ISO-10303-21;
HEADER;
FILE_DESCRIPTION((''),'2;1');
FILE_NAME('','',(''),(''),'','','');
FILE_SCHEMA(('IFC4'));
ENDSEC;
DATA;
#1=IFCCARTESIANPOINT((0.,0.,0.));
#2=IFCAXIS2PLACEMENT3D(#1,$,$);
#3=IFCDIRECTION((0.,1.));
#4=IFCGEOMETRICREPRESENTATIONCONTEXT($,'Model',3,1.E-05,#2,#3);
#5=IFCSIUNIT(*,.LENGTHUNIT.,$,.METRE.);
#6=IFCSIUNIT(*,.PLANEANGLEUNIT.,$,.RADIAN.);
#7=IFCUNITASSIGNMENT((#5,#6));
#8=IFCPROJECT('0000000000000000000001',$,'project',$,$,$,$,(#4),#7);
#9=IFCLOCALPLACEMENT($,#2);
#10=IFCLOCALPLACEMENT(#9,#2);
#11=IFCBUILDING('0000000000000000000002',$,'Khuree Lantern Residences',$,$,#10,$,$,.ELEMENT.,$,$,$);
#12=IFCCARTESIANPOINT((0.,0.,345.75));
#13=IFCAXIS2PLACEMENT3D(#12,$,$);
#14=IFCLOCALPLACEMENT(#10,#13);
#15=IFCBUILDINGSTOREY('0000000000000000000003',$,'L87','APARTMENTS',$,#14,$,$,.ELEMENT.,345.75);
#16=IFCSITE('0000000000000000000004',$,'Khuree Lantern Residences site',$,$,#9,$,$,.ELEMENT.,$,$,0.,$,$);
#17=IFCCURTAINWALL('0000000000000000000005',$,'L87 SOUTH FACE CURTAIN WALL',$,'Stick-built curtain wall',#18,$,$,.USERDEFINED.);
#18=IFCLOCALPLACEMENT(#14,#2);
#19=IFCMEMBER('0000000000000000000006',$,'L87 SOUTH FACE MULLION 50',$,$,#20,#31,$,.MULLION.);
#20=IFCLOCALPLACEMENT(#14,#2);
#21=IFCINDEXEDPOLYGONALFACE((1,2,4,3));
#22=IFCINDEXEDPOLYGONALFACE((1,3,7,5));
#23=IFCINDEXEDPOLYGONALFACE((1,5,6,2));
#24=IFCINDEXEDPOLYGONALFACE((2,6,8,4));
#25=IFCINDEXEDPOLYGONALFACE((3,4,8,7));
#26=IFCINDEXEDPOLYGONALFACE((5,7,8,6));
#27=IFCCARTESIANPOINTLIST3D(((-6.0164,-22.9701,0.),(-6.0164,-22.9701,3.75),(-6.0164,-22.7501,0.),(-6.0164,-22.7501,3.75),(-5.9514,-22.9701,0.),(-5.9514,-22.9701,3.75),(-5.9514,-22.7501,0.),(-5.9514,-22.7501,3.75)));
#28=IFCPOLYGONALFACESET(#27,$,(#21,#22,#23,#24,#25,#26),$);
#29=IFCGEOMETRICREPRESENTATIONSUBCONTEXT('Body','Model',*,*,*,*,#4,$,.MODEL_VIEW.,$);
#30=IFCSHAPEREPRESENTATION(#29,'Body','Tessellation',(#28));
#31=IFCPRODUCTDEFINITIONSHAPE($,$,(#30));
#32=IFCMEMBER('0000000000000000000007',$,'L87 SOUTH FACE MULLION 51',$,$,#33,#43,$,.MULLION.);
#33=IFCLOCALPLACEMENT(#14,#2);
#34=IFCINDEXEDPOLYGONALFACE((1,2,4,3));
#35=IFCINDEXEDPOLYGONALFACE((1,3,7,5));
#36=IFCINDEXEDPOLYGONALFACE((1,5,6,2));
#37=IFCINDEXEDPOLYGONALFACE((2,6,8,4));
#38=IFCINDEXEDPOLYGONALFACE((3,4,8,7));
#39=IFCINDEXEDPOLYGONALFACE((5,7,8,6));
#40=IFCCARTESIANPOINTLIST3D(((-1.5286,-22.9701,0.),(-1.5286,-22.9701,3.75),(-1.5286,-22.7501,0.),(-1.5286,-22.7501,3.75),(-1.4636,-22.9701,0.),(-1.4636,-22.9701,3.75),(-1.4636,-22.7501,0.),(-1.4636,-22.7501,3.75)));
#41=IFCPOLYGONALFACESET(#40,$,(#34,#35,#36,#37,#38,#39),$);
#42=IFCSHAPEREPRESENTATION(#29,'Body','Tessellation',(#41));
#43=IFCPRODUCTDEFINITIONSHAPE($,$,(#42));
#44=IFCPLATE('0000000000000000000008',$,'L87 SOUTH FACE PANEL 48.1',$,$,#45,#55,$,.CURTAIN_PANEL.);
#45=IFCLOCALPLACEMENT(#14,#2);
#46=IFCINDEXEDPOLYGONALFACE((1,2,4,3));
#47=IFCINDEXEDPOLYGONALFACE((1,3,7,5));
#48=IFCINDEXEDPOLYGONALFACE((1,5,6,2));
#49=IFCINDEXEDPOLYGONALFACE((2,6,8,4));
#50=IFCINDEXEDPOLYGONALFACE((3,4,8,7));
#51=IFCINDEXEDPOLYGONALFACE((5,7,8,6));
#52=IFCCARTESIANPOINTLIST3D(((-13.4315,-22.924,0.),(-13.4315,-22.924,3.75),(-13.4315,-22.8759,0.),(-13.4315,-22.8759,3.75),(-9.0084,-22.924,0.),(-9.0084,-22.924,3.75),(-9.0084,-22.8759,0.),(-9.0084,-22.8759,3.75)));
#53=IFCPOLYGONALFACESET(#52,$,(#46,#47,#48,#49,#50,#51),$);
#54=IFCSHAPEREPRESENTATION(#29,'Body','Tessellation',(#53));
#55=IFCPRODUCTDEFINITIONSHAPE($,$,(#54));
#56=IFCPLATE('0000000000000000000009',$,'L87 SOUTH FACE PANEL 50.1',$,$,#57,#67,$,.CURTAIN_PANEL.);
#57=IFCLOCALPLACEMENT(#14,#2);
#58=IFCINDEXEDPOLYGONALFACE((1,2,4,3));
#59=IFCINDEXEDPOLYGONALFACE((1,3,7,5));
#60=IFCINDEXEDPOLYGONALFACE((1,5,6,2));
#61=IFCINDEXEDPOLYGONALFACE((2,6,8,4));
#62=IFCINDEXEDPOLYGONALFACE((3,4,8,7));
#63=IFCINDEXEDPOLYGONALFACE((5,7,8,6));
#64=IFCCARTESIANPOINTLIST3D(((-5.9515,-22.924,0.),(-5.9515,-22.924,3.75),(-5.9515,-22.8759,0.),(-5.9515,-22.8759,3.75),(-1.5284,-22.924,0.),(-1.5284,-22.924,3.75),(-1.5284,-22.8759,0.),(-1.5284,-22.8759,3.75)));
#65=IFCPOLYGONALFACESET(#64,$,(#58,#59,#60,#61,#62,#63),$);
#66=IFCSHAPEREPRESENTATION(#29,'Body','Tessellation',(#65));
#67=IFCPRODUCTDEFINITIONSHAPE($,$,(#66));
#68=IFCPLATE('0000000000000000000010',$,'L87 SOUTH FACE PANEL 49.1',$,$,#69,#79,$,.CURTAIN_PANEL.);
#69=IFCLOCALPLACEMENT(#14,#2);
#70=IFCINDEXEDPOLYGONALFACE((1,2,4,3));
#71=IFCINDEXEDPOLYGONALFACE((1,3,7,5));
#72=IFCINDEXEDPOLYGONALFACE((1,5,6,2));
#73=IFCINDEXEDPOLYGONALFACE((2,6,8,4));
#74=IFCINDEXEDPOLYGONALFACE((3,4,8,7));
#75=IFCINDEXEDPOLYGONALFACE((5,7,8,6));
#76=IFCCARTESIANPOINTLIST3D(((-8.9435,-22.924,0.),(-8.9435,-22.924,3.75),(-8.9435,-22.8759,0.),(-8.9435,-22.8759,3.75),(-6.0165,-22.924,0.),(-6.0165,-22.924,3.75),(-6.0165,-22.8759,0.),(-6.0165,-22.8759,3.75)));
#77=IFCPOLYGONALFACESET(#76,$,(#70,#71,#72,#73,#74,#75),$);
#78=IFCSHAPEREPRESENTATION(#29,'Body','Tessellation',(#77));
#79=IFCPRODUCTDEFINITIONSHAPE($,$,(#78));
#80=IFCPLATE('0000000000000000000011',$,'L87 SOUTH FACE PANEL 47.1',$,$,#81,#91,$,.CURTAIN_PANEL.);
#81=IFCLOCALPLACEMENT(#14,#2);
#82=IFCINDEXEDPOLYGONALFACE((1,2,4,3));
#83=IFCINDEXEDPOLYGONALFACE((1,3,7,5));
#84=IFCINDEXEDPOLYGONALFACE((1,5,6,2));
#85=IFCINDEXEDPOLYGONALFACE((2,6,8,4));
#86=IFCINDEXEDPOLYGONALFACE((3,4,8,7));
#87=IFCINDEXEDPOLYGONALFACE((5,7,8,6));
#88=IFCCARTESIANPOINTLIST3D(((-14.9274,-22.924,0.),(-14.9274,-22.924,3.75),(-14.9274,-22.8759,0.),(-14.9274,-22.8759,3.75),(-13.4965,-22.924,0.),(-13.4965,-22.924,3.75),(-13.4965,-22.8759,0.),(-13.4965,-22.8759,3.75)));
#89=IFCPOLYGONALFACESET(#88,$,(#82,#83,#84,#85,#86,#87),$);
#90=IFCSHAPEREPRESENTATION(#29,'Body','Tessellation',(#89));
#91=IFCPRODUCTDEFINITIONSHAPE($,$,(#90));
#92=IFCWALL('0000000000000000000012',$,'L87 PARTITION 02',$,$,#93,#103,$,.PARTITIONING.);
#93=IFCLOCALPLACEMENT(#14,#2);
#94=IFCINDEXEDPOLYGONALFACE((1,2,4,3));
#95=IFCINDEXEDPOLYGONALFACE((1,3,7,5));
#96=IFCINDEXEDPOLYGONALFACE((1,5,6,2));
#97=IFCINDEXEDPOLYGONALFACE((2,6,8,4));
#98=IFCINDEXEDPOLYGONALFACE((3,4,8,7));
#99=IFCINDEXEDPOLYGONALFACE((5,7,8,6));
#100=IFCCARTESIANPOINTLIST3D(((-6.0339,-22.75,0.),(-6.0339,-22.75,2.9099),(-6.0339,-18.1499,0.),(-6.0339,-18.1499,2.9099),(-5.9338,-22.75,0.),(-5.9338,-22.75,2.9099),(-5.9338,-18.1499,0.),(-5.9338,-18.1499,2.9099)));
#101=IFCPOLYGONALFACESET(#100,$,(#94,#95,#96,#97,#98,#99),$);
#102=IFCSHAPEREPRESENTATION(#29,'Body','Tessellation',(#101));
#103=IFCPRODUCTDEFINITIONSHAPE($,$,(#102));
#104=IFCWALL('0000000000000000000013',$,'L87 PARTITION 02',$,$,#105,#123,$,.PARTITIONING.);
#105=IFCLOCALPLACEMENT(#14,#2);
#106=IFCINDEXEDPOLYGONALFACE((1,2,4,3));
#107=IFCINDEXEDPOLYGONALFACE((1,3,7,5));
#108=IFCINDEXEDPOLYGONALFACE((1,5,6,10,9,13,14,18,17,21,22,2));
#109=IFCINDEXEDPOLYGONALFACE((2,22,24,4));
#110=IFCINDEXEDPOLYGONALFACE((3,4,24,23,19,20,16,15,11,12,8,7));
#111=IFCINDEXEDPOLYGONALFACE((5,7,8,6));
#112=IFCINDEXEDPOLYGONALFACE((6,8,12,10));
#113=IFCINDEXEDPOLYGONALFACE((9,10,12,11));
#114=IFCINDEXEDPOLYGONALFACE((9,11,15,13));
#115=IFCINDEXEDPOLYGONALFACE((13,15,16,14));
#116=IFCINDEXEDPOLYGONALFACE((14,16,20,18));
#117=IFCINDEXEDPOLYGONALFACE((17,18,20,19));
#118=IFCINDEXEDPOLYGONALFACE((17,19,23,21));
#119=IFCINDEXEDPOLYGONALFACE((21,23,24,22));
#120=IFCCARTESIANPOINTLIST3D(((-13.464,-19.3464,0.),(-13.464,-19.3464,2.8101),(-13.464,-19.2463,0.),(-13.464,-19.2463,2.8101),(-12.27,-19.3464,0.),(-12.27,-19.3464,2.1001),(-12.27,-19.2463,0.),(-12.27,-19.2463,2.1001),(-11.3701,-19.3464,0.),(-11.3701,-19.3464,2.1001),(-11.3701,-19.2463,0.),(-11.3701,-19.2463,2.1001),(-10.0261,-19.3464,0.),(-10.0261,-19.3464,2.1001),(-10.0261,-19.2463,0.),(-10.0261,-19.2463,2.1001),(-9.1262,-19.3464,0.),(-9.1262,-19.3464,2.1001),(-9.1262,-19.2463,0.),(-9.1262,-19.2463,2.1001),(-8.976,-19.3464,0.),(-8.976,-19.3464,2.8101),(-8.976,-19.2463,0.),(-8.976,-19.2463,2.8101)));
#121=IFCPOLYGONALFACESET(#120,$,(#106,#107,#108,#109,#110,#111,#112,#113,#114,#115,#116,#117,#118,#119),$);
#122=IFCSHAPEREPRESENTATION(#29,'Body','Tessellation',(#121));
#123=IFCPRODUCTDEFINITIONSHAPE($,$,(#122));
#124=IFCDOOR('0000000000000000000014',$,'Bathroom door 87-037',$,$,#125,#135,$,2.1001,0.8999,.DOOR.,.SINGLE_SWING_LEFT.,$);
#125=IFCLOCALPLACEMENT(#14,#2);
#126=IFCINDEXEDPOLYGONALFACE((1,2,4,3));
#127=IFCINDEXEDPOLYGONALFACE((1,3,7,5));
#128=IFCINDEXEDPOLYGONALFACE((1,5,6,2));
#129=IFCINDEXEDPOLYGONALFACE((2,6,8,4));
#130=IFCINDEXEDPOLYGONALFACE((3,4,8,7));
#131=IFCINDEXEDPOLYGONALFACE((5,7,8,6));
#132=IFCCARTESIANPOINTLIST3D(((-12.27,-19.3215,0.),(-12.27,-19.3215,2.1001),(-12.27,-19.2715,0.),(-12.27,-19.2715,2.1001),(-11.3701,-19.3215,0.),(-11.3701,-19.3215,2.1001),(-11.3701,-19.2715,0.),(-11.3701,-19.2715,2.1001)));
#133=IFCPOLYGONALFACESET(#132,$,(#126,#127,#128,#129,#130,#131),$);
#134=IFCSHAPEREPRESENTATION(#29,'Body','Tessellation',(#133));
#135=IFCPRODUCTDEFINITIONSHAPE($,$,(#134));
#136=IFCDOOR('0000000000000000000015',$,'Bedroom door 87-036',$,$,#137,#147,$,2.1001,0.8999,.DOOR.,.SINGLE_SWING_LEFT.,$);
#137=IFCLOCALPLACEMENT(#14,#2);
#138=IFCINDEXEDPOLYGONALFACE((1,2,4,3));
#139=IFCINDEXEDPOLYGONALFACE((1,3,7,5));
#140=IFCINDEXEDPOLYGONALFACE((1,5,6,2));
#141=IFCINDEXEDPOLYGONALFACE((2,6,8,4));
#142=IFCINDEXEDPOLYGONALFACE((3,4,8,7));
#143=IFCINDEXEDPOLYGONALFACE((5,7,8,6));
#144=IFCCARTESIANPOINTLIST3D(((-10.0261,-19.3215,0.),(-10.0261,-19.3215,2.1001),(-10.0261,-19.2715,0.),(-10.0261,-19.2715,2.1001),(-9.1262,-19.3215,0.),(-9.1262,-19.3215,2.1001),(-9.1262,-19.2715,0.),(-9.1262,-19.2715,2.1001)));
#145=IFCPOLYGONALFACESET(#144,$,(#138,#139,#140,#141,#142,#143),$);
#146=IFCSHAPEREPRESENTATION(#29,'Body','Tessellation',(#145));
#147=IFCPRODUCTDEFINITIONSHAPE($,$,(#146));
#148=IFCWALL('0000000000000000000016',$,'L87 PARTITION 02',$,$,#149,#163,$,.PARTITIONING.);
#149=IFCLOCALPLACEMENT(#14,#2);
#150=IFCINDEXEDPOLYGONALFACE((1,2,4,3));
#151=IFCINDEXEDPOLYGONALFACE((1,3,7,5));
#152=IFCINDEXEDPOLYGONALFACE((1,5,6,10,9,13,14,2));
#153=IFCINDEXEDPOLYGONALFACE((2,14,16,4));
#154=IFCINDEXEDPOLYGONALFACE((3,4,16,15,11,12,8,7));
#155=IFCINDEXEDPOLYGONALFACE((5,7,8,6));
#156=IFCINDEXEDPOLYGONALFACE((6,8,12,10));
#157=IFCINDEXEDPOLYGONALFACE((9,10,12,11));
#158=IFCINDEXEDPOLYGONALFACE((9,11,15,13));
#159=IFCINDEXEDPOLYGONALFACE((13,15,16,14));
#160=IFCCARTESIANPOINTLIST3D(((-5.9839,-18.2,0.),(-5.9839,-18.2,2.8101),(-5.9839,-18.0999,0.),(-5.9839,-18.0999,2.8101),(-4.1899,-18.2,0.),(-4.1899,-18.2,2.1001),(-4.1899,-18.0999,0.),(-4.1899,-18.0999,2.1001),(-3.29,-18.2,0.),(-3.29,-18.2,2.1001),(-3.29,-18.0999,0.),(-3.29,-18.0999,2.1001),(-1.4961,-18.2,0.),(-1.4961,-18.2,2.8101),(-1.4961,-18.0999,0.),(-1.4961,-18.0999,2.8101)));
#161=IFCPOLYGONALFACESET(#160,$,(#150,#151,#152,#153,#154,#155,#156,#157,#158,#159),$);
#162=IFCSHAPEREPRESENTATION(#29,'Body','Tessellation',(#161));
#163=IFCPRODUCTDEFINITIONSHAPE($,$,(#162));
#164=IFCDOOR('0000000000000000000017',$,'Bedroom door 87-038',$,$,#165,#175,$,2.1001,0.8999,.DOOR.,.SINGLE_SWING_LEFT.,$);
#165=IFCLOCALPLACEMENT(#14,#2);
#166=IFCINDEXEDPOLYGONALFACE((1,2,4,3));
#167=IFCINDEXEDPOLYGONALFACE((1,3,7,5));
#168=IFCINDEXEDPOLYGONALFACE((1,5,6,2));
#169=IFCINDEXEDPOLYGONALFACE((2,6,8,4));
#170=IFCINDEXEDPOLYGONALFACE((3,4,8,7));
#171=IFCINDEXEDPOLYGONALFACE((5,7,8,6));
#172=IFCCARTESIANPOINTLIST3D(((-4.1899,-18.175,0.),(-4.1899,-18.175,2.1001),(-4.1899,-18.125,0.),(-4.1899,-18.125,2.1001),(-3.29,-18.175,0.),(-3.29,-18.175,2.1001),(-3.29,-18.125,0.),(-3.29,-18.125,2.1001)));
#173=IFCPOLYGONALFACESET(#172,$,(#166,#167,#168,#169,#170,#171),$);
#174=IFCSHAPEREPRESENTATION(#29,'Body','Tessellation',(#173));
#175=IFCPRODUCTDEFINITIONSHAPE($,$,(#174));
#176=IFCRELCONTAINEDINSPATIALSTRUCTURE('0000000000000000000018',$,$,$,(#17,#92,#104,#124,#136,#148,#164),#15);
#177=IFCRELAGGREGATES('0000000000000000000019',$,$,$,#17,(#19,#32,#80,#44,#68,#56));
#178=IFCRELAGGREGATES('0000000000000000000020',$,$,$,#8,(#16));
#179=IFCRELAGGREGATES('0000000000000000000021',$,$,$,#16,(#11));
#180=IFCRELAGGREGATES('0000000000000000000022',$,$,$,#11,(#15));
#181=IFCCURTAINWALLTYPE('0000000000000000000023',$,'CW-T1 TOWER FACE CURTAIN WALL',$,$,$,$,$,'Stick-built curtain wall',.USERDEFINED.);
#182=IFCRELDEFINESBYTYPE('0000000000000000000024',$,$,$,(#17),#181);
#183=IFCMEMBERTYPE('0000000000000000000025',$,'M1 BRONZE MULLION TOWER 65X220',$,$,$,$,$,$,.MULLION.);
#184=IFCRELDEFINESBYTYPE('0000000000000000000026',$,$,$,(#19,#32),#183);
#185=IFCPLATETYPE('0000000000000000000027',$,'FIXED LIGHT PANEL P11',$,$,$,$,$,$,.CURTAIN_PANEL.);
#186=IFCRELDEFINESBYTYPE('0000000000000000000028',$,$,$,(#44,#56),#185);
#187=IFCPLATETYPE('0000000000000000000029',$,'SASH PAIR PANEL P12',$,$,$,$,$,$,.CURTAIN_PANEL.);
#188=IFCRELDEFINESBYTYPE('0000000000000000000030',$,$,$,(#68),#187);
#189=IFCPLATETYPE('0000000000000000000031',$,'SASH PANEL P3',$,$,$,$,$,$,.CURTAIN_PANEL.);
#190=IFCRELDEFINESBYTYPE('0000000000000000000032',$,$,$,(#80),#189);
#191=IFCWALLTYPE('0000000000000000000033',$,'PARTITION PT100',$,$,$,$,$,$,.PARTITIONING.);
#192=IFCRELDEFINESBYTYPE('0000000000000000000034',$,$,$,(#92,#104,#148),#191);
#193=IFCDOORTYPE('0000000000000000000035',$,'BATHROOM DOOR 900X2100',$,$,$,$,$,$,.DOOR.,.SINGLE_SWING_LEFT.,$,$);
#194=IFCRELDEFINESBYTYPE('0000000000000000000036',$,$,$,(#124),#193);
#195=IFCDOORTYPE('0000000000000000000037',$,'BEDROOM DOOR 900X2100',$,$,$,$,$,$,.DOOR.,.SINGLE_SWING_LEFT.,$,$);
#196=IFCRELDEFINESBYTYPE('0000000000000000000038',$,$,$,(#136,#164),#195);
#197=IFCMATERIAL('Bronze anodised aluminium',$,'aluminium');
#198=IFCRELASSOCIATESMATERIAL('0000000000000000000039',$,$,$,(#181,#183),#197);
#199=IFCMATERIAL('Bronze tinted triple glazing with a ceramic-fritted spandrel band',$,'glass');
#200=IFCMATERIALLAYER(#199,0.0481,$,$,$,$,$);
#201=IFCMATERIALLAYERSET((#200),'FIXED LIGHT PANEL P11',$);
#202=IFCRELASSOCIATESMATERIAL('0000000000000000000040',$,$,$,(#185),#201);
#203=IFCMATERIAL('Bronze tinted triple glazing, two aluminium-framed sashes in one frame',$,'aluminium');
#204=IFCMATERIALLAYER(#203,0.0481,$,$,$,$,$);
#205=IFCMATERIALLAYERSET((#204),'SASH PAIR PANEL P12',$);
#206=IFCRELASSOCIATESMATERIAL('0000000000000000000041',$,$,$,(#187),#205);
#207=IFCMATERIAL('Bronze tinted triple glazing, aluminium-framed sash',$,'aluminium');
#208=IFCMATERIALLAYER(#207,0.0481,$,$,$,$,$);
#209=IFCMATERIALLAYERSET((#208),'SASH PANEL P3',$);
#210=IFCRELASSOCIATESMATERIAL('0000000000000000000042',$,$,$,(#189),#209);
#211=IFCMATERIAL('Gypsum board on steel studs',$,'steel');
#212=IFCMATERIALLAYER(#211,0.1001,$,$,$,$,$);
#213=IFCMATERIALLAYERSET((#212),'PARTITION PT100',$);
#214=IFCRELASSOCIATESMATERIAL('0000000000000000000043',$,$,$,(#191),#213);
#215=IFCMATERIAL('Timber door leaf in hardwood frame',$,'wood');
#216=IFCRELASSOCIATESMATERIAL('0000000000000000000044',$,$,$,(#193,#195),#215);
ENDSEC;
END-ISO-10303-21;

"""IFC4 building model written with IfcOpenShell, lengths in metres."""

from ifc_helpers import new_model, si_unit, direction, frame, frame_2d, origin, origin_2d, place, context, subcontext, project, spatial, rectangle, extrude, material, layer, layer_set, material_profile, profile_set, type_object, element, fill, aggregate, save


model = new_model("IFC4")

# Units and contexts
model_context = context("Model", 3, precision=1e-05, world=origin(), true_north=direction((0.0, 1.0)))
body_context = subcontext(model_context, "Body", "Model", "MODEL_VIEW")
ifc_project = project(units=[si_unit("LENGTHUNIT", "METRE"), si_unit("PLANEANGLEUNIT", "RADIAN")], contexts=[model_context])

# Site, building, storey
site_placement = place(None, origin())
site = spatial("IfcSite", under=ifc_project, at=site_placement, Name="Khuree Lantern Residences site", CompositionType="ELEMENT", RefElevation=0.0)
building_placement = place(site_placement, origin())
building = spatial("IfcBuilding", under=site, at=building_placement, Name="Khuree Lantern Residences", CompositionType="ELEMENT")
storey_placement = place(building_placement, frame((0.0, 0.0, 345.75)))
storey = spatial("IfcBuildingStorey", under=building, at=storey_placement, Name="L87", Description="APARTMENTS", CompositionType="ELEMENT", Elevation=345.75)

# Curtain wall
ifc_material_1 = material(Name="Bronze anodised aluminium", Category="aluminium")
curtain_wall_type = type_object("IfcCurtainWallType", Name="CW-T1 TOWER FACE CURTAIN WALL", ElementType="Stick-built curtain wall", PredefinedType="USERDEFINED", material=ifc_material_1)
curtain_wall_placement = place(storey_placement, origin())
curtain_wall = element("IfcCurtainWall", 1, at=curtain_wall_placement, inside=storey, type_object=curtain_wall_type, Name="L87 SOUTH FACE CURTAIN WALL", ObjectType="Stick-built curtain wall", PredefinedType="USERDEFINED")

# Members
ifc_material_profile_1 = material_profile(ifc_material_1, rectangle(XDim=0.0649, YDim=0.22, at=origin_2d()), Name="M1 65X220")
ifc_profile_set_1 = profile_set([ifc_material_profile_1], Name="Bronze anodised aluminium")
member_type_1 = type_object("IfcMemberType", Name="M1 BRONZE MULLION TOWER 65X220", PredefinedType="MULLION", material=ifc_profile_set_1)
member_1_placement = place(storey_placement, frame((-5.9839, -22.8601, 0.0), z_axis=(0.0, 0.0, 1.0), x_axis=(1.0, 0.0, 0.0)))
member_1 = element("IfcMember", 2, at=member_1_placement, type_object=member_type_1, Name="L87 SOUTH FACE MULLION 50", PredefinedType="MULLION", context=body_context, shape_type="SweptSolid", body=[
    extrude(rectangle(XDim=0.0649, YDim=0.22, at=origin_2d()), origin(), (0.0, 0.0, 1.0), 3.75),
])
member_2_placement = place(storey_placement, frame((-1.4961, -22.8601, 0.0), z_axis=(0.0, 0.0, 1.0), x_axis=(1.0, 0.0, 0.0)))
member_2 = element("IfcMember", 3, at=member_2_placement, type_object=member_type_1, Name="L87 SOUTH FACE MULLION 51", PredefinedType="MULLION", context=body_context, shape_type="SweptSolid", body=[
    extrude(rectangle(XDim=0.0649, YDim=0.22, at=origin_2d()), origin(), (0.0, 0.0, 1.0), 3.75),
])

# Plates
ifc_material_2 = material(Name="Bronze tinted triple glazing with a ceramic-fritted spandrel band", Category="glass")
ifc_layer_1 = layer(ifc_material_2, 0.0481)
ifc_layer_set_1 = layer_set([ifc_layer_1], Name="FIXED LIGHT PANEL P11")
plate_type_1 = type_object("IfcPlateType", Name="FIXED LIGHT PANEL P11", PredefinedType="CURTAIN_PANEL", material=ifc_layer_set_1)
plate_1_placement = place(storey_placement, frame((-11.22, -22.8999, 0.0), z_axis=(0.0, 0.0, 1.0), x_axis=(1.0, 0.0, 0.0)))
plate_1 = element("IfcPlate", 4, at=plate_1_placement, type_object=plate_type_1, Name="L87 SOUTH FACE PANEL 48.1", PredefinedType="CURTAIN_PANEL", context=body_context, shape_type="SweptSolid", body=[
    extrude(rectangle(XDim=4.4231, YDim=0.0481, at=origin_2d()), origin(), (0.0, 0.0, 1.0), 3.75),
])
plate_2_placement = place(storey_placement, frame((-3.74, -22.8999, 0.0), z_axis=(0.0, 0.0, 1.0), x_axis=(1.0, 0.0, 0.0)))
plate_2 = element("IfcPlate", 5, at=plate_2_placement, type_object=plate_type_1, Name="L87 SOUTH FACE PANEL 50.1", PredefinedType="CURTAIN_PANEL", context=body_context, shape_type="SweptSolid", body=[
    extrude(rectangle(XDim=4.4231, YDim=0.0481, at=origin_2d()), origin(), (0.0, 0.0, 1.0), 3.75),
])
ifc_material_3 = material(Name="Bronze tinted triple glazing, two aluminium-framed sashes in one frame", Category="aluminium")
ifc_layer_2 = layer(ifc_material_3, 0.0481)
ifc_layer_set_2 = layer_set([ifc_layer_2], Name="SASH PAIR PANEL P12")
plate_type_2 = type_object("IfcPlateType", Name="SASH PAIR PANEL P12", PredefinedType="CURTAIN_PANEL", material=ifc_layer_set_2)
plate_3_placement = place(storey_placement, frame((-7.48, -22.8999, 0.0), z_axis=(0.0, 0.0, 1.0), x_axis=(1.0, 0.0, 0.0)))
plate_3 = element("IfcPlate", 6, at=plate_3_placement, type_object=plate_type_2, Name="L87 SOUTH FACE PANEL 49.1", PredefinedType="CURTAIN_PANEL", context=body_context, shape_type="SweptSolid", body=[
    extrude(rectangle(XDim=2.927, YDim=0.0481, at=origin_2d()), origin(), (0.0, 0.0, 1.0), 3.75),
])
ifc_material_4 = material(Name="Bronze tinted triple glazing, aluminium-framed sash", Category="aluminium")
ifc_layer_3 = layer(ifc_material_4, 0.0481)
ifc_layer_set_3 = layer_set([ifc_layer_3], Name="SASH PANEL P3")
plate_type_3 = type_object("IfcPlateType", Name="SASH PANEL P3", PredefinedType="CURTAIN_PANEL", material=ifc_layer_set_3)
plate_4_placement = place(storey_placement, frame((-14.2119, -22.8999, 0.0), z_axis=(0.0, 0.0, 1.0), x_axis=(1.0, 0.0, 0.0)))
plate_4 = element("IfcPlate", 7, at=plate_4_placement, type_object=plate_type_3, Name="L87 SOUTH FACE PANEL 47.1", PredefinedType="CURTAIN_PANEL", context=body_context, shape_type="SweptSolid", body=[
    extrude(rectangle(XDim=1.4309, YDim=0.0481, at=origin_2d()), origin(), (0.0, 0.0, 1.0), 3.75),
])
aggregate(curtain_wall, [member_1, member_2, plate_4, plate_1, plate_3, plate_2])

# Wall
ifc_material_5 = material(Name="Gypsum board on steel studs", Category="steel")
ifc_layer_4 = layer(ifc_material_5, 0.1001)
ifc_layer_set_4 = layer_set([ifc_layer_4], Name="PARTITION PT100")
wall_type = type_object("IfcWallType", Name="PARTITION PT100", PredefinedType="PARTITIONING", material=ifc_layer_set_4)
wall_1_placement = place(storey_placement, frame((-5.9839, -18.1499, 0.0), z_axis=(0.0, 0.0, 1.0), x_axis=(0.0, -1.0, 0.0)))
element("IfcWall", 8, at=wall_1_placement, inside=storey, type_object=wall_type, Name="L87 PARTITION 02", PredefinedType="PARTITIONING", context=body_context, shape_type="SweptSolid", body=[
    extrude(rectangle(XDim=4.6001, YDim=0.1001, at=frame_2d((2.3, 0.0))), origin(), (0.0, 0.0, 1.0), 2.9099),
])

# Wall, openings, doors
wall_2_placement = place(storey_placement, frame((-13.4641, -19.2964, 0.0), z_axis=(0.0, 0.0, 1.0), x_axis=(1.0, 0.0, 0.0)))
wall_2 = element("IfcWall", 9, at=wall_2_placement, inside=storey, type_object=wall_type, Name="L87 PARTITION 02", PredefinedType="PARTITIONING", context=body_context, shape_type="SweptSolid", body=[
    extrude(rectangle(XDim=4.488, YDim=0.1001, at=frame_2d((2.2441, 0.0))), origin(), (0.0, 0.0, 1.0), 2.8101),
])
opening_1_placement = place(wall_2_placement, frame((3.438, 0.0, 0.0)))
opening_1 = element("IfcOpeningElement", 10, at=opening_1_placement, cuts=wall_2, PredefinedType="OPENING", context=body_context, shape_type="SweptSolid", body=[
    extrude(rectangle(XDim=0.8999, YDim=2.1001, at=frame_2d((0.45, 1.05))), frame((0.0, 0.0601, 0.0), z_axis=(0.0, -1.0, 0.0), x_axis=(1.0, 0.0, 0.0)), (0.0, 0.0, 1.0), 0.1201),
])
opening_2_placement = place(wall_2_placement, frame((1.1941, 0.0, 0.0)))
opening_2 = element("IfcOpeningElement", 11, at=opening_2_placement, cuts=wall_2, PredefinedType="OPENING", context=body_context, shape_type="SweptSolid", body=[
    extrude(rectangle(XDim=0.8999, YDim=2.1001, at=frame_2d((0.45, 1.05))), frame((0.0, 0.0601, 0.0), z_axis=(0.0, -1.0, 0.0), x_axis=(1.0, 0.0, 0.0)), (0.0, 0.0, 1.0), 0.1201),
])
ifc_material_6 = material(Name="Timber door leaf in hardwood frame", Category="wood")
door_type_1 = type_object("IfcDoorType", Name="BATHROOM DOOR 900X2100", OperationType="SINGLE_SWING_LEFT", PredefinedType="DOOR", material=ifc_material_6)
door_1_placement = place(opening_2_placement, origin())
door_1 = element("IfcDoor", 12, at=door_1_placement, inside=storey, type_object=door_type_1, Name="Bathroom door 87-037", OperationType="SINGLE_SWING_LEFT", OverallHeight=2.1001, OverallWidth=0.8999, PredefinedType="DOOR", context=body_context, shape_type="SweptSolid", body=[
    extrude(rectangle(XDim=0.8999, YDim=2.1001, at=frame_2d((0.45, 1.05))), frame((0.0, 0.0249, 0.0), z_axis=(0.0, -1.0, 0.0), x_axis=(1.0, 0.0, 0.0)), (0.0, 0.0, 1.0), 0.05),
])
fill(opening_2, door_1)
door_type_2 = type_object("IfcDoorType", Name="BEDROOM DOOR 900X2100", OperationType="SINGLE_SWING_LEFT", PredefinedType="DOOR", material=ifc_material_6)
door_2_placement = place(opening_1_placement, origin())
door_2 = element("IfcDoor", 13, at=door_2_placement, inside=storey, type_object=door_type_2, Name="Bedroom door 87-036", OperationType="SINGLE_SWING_LEFT", OverallHeight=2.1001, OverallWidth=0.8999, PredefinedType="DOOR", context=body_context, shape_type="SweptSolid", body=[
    extrude(rectangle(XDim=0.8999, YDim=2.1001, at=frame_2d((0.45, 1.05))), frame((0.0, 0.0249, 0.0), z_axis=(0.0, -1.0, 0.0), x_axis=(1.0, 0.0, 0.0)), (0.0, 0.0, 1.0), 0.05),
])
fill(opening_1, door_2)

# Wall, opening, door
wall_3_placement = place(storey_placement, frame((-5.9839, -18.1499, 0.0), z_axis=(0.0, 0.0, 1.0), x_axis=(1.0, 0.0, 0.0)))
wall_3 = element("IfcWall", 14, at=wall_3_placement, inside=storey, type_object=wall_type, Name="L87 PARTITION 02", PredefinedType="PARTITIONING", context=body_context, shape_type="SweptSolid", body=[
    extrude(rectangle(XDim=4.4878, YDim=0.1001, at=frame_2d((2.2439, 0.0))), origin(), (0.0, 0.0, 1.0), 2.8101),
])
opening_3_placement = place(wall_3_placement, frame((1.7939, 0.0, 0.0)))
opening_3 = element("IfcOpeningElement", 15, at=opening_3_placement, cuts=wall_3, PredefinedType="OPENING", context=body_context, shape_type="SweptSolid", body=[
    extrude(rectangle(XDim=0.8999, YDim=2.1001, at=frame_2d((0.45, 1.05))), frame((0.0, 0.0601, 0.0), z_axis=(0.0, -1.0, 0.0), x_axis=(1.0, 0.0, 0.0)), (0.0, 0.0, 1.0), 0.1201),
])
door_3_placement = place(opening_3_placement, origin())
door_3 = element("IfcDoor", 16, at=door_3_placement, inside=storey, type_object=door_type_2, Name="Bedroom door 87-038", OperationType="SINGLE_SWING_LEFT", OverallHeight=2.1001, OverallWidth=0.8999, PredefinedType="DOOR", context=body_context, shape_type="SweptSolid", body=[
    extrude(rectangle(XDim=0.8999, YDim=2.1001, at=frame_2d((0.45, 1.05))), frame((0.0, 0.0249, 0.0), z_axis=(0.0, -1.0, 0.0), x_axis=(1.0, 0.0, 0.0)), (0.0, 0.0, 1.0), 0.05),
])
fill(opening_3, door_3)

save(model, "model.ifc")
